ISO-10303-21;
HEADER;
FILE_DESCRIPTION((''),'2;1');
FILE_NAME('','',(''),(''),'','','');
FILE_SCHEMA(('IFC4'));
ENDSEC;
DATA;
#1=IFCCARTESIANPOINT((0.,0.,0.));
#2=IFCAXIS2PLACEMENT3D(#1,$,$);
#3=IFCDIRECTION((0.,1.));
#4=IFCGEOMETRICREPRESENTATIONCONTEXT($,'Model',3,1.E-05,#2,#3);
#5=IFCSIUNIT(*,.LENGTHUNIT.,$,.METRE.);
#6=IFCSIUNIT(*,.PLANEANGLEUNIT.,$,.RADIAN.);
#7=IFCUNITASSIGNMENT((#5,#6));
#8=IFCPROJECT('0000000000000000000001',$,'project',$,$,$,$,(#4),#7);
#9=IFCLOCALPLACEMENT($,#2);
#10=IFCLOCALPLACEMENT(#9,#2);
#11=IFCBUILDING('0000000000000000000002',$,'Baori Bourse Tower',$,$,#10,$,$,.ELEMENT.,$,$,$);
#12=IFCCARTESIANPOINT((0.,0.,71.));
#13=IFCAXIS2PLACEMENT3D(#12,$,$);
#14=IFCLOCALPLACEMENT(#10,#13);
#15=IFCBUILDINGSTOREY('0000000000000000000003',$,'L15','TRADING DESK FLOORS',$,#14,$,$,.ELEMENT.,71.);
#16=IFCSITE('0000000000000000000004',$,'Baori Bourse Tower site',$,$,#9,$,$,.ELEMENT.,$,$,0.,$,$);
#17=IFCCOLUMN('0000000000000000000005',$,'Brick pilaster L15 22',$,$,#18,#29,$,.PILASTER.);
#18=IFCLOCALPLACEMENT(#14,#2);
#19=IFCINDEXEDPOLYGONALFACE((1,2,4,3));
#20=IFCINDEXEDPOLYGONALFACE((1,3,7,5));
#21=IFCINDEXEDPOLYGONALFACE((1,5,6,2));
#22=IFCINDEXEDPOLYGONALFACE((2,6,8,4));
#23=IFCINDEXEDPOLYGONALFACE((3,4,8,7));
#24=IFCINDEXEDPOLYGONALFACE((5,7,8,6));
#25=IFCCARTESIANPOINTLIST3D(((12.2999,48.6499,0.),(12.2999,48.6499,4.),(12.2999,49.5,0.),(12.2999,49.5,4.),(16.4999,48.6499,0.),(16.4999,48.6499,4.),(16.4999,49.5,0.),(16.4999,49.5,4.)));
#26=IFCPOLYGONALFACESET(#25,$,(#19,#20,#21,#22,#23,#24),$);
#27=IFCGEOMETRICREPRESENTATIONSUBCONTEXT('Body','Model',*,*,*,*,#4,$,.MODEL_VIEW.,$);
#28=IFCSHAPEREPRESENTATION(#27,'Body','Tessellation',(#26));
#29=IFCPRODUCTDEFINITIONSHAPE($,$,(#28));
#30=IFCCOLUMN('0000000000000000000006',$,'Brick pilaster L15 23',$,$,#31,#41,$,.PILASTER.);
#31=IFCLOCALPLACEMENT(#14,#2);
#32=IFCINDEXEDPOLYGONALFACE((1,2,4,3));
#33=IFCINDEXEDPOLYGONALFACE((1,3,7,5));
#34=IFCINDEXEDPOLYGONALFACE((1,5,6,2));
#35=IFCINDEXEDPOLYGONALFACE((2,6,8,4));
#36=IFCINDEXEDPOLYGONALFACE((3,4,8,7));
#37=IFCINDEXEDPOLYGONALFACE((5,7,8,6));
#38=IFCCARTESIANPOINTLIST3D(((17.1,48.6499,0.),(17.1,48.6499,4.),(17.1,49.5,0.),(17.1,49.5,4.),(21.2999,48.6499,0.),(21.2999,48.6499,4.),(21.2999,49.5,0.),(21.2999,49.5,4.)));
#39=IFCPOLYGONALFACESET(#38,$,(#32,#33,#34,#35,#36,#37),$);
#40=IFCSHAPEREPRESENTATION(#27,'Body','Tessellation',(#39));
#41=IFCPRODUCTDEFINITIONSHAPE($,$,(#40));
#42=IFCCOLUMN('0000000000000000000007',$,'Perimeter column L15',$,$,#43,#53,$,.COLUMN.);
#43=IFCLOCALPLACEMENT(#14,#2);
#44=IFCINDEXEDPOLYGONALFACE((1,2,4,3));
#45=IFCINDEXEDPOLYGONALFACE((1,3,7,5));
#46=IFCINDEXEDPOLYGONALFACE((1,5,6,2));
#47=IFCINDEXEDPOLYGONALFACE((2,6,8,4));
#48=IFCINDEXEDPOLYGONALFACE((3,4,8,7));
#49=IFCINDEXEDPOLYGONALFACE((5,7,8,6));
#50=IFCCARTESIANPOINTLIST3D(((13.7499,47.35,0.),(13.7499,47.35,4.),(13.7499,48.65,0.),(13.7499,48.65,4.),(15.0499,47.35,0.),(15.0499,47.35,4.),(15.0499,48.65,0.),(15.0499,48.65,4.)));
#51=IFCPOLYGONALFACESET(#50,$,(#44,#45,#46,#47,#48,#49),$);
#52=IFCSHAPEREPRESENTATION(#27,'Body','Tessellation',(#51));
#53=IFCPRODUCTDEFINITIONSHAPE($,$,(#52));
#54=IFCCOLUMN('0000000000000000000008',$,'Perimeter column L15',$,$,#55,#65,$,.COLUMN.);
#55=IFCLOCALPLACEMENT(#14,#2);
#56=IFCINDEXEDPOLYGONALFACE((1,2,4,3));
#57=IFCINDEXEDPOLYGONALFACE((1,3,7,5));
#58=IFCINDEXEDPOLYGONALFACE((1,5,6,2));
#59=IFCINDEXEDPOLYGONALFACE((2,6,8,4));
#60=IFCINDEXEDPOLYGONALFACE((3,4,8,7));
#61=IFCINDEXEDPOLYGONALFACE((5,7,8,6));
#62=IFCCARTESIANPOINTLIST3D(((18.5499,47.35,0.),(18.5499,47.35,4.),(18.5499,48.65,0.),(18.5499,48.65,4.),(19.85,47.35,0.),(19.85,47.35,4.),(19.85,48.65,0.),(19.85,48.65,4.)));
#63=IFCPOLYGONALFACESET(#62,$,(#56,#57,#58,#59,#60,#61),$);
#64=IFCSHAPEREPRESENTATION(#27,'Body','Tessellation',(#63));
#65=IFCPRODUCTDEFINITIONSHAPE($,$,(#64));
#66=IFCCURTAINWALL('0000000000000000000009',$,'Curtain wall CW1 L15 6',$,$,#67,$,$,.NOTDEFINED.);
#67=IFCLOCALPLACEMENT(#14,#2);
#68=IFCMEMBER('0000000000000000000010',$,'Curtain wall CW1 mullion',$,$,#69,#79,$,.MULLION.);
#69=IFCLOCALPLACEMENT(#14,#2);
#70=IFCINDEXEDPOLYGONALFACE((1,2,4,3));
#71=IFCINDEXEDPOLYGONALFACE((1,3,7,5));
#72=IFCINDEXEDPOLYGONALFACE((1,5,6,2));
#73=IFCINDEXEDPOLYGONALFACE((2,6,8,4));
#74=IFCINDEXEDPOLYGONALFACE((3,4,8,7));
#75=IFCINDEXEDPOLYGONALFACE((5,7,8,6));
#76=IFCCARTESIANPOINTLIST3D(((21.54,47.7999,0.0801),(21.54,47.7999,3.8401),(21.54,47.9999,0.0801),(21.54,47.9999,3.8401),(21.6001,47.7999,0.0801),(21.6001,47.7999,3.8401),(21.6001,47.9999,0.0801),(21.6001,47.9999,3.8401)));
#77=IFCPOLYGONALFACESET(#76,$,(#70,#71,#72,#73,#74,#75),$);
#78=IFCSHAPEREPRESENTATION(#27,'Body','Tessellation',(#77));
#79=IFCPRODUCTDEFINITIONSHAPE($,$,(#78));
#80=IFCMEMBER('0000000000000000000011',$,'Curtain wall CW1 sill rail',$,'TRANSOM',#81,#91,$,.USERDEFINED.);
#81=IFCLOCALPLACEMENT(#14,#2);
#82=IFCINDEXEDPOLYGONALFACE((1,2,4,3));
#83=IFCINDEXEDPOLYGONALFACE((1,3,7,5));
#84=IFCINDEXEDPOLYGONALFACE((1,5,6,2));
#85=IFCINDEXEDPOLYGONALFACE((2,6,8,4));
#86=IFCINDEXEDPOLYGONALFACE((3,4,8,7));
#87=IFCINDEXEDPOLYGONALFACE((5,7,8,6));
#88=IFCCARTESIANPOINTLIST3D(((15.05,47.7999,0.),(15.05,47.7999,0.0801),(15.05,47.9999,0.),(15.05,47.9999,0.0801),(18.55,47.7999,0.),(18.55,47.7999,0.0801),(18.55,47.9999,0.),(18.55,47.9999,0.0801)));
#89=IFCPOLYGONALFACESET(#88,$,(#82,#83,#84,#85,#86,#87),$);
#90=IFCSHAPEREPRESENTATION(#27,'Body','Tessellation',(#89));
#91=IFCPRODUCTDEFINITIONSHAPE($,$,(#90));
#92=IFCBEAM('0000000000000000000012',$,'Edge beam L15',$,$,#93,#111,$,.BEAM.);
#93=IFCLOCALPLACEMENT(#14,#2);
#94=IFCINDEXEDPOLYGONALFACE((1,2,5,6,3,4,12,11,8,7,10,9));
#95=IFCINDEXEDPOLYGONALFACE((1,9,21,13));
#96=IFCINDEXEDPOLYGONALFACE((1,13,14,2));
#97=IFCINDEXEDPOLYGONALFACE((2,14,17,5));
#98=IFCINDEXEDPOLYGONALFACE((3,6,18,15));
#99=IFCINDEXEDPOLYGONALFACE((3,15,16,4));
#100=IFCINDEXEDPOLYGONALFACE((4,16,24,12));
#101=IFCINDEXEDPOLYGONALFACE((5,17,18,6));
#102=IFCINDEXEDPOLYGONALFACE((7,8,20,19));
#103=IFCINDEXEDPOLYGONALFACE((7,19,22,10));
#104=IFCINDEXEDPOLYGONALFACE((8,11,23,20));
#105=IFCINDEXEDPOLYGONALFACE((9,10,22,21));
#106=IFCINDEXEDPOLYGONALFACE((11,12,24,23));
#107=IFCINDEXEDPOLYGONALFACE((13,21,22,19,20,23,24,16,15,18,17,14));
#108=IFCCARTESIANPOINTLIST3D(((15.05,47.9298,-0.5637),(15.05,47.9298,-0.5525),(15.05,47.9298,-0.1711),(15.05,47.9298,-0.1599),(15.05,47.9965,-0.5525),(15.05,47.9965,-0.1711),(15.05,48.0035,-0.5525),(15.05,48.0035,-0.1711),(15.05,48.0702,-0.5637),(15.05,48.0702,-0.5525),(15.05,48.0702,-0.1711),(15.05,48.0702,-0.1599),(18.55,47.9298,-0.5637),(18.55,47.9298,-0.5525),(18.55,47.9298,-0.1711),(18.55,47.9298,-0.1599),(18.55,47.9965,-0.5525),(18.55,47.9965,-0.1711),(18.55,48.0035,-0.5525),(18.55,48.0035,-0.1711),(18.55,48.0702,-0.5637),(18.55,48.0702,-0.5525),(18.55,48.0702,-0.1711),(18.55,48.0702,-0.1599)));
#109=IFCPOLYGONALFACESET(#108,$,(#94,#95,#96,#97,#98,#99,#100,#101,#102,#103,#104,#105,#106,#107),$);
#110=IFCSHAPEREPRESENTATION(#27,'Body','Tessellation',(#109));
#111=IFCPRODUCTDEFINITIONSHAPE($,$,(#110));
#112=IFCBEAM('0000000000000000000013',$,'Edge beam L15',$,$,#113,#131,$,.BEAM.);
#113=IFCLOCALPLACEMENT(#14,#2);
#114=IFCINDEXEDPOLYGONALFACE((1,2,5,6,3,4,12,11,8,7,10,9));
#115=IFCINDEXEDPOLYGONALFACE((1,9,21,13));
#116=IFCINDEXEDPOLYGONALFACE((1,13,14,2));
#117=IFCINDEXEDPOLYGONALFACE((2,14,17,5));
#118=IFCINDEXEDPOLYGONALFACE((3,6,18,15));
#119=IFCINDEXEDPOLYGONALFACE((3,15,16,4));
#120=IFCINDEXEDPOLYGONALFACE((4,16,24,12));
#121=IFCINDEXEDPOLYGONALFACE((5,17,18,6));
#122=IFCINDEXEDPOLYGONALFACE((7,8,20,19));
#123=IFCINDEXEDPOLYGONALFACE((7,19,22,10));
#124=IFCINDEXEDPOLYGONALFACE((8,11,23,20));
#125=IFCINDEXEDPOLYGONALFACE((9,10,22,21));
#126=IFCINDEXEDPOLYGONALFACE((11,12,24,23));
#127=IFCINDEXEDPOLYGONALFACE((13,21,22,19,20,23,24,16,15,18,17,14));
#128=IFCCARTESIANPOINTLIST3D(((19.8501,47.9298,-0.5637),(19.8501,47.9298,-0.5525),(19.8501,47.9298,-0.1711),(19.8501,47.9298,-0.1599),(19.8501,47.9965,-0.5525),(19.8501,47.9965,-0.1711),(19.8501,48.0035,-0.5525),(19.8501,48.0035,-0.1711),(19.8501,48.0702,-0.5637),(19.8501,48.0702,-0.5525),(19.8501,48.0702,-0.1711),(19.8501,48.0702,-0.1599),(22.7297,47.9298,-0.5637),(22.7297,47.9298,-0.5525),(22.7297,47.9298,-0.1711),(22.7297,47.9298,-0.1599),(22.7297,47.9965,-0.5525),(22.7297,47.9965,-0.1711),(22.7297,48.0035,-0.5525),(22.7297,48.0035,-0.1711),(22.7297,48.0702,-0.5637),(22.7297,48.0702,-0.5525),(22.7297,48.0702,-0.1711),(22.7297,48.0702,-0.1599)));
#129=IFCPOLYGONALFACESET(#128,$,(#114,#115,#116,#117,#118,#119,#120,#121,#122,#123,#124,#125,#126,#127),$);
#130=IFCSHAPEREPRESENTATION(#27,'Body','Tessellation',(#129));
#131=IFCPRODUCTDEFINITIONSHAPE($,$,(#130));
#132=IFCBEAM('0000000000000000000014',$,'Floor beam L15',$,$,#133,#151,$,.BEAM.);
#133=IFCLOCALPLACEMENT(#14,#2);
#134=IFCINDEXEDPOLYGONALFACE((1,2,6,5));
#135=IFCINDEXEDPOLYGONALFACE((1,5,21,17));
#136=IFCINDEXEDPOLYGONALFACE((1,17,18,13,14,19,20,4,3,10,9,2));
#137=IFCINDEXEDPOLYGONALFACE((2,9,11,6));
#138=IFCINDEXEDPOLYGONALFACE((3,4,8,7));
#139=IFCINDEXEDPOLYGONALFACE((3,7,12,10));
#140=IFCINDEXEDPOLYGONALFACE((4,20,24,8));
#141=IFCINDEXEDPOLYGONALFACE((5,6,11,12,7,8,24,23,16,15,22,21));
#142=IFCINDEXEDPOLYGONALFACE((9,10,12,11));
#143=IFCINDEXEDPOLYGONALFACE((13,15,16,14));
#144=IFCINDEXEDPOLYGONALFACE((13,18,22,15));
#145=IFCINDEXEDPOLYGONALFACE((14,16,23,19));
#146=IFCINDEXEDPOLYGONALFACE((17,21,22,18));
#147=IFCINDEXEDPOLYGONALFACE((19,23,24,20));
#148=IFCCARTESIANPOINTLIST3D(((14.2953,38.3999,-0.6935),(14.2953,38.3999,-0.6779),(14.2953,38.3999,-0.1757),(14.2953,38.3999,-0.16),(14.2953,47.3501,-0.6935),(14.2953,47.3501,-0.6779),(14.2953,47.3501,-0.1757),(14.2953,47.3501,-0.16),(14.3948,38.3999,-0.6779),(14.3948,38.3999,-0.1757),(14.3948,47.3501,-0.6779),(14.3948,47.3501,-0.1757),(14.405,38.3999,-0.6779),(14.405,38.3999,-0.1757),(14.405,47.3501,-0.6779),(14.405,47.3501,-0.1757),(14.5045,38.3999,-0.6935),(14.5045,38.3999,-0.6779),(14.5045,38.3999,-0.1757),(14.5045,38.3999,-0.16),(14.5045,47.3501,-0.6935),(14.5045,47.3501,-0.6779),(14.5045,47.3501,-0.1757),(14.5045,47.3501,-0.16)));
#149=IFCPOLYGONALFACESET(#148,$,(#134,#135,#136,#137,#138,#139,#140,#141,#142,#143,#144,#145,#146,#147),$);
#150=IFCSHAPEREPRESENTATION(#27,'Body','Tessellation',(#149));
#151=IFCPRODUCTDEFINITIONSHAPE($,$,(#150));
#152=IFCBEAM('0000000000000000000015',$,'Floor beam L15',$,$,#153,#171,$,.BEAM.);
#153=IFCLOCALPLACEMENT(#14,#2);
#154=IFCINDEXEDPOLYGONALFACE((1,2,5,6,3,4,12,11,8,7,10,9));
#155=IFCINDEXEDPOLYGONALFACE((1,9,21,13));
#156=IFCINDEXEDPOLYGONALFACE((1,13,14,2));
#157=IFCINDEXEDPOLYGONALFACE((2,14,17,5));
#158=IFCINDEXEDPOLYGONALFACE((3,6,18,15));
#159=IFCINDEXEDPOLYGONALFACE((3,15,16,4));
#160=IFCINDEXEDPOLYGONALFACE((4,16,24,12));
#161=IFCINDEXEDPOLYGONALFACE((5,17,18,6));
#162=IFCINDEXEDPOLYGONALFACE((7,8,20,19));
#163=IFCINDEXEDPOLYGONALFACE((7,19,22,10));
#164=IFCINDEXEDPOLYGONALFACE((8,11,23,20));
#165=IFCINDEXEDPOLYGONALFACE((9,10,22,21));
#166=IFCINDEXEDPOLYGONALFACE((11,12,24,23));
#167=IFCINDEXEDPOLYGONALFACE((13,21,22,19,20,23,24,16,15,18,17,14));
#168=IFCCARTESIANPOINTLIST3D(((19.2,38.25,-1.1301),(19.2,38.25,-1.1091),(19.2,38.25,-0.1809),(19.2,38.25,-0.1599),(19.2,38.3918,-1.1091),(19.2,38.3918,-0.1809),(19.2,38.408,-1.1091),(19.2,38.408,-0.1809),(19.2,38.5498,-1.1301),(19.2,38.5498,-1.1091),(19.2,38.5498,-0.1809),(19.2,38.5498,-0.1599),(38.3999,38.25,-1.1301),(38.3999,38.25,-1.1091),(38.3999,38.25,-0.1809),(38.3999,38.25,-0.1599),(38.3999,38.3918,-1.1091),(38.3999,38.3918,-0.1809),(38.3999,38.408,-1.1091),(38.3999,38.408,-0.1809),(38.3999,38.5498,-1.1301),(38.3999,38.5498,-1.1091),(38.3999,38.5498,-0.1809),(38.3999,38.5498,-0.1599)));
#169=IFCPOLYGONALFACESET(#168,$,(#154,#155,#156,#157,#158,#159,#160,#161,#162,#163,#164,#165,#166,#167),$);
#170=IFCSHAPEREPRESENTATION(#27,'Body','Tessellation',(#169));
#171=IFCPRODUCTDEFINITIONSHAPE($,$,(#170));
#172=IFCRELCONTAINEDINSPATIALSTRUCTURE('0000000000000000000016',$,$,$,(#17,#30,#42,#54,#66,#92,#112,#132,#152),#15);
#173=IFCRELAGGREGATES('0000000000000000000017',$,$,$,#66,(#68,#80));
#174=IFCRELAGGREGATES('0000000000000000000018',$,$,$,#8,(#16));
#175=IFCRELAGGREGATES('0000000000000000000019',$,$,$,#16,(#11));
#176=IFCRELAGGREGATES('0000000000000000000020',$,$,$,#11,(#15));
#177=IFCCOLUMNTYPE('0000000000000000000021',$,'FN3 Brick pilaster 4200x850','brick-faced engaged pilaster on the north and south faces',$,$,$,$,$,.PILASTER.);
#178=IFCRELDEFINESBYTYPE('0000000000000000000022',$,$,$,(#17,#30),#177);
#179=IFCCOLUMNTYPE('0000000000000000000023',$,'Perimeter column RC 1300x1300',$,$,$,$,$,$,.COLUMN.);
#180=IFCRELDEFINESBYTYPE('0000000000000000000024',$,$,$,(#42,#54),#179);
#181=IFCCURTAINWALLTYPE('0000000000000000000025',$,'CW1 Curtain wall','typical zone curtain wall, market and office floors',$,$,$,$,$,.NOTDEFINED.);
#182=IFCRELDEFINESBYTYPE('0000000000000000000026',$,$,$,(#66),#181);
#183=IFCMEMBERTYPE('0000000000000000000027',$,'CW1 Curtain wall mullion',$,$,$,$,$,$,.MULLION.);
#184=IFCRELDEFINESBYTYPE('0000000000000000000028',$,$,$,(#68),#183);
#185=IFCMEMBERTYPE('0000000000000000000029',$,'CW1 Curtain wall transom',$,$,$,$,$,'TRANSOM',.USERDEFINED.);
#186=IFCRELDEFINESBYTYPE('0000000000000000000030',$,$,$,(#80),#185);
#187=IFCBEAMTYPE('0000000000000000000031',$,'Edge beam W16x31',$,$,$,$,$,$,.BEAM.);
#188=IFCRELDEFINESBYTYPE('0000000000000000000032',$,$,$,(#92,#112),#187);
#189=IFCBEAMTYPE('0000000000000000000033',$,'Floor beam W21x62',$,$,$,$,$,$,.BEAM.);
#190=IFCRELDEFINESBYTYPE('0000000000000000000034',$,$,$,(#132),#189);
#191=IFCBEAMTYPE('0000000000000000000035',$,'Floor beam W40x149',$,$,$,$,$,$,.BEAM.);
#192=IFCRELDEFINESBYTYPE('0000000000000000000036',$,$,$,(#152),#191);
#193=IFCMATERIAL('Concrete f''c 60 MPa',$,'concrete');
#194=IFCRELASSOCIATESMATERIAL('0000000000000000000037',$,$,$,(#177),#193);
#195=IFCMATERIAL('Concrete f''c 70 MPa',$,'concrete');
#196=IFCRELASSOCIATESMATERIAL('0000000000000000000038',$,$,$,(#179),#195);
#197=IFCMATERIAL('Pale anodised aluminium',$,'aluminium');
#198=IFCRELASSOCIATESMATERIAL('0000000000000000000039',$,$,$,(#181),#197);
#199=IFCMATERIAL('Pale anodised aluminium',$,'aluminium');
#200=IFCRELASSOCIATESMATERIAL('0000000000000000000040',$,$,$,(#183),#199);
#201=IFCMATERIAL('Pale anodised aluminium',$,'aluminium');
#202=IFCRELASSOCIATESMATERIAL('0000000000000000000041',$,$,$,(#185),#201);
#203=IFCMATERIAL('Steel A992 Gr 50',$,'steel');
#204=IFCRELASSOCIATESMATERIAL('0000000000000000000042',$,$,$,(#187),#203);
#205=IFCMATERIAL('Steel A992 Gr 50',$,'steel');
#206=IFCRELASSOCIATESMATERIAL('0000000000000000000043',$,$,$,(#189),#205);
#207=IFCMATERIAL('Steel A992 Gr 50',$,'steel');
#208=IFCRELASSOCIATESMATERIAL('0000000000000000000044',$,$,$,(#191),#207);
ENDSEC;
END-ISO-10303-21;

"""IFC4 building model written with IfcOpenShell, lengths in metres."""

from ifc_helpers import new_model, si_unit, direction, frame, origin, origin_2d, place, context, subcontext, project, spatial, rectangle, i_section, extrude, material, material_profile, profile_set, type_object, element, aggregate, save


model = new_model("IFC4")

# Units and contexts
model_context = context("Model", 3, precision=1e-05, world=origin(), true_north=direction((0.0, 1.0)))
body_context = subcontext(model_context, "Body", "Model", "MODEL_VIEW")
ifc_project = project(units=[si_unit("LENGTHUNIT", "METRE"), si_unit("PLANEANGLEUNIT", "RADIAN")], contexts=[model_context])

# Site, building, storey
site_placement = place(None, origin())
site = spatial("IfcSite", under=ifc_project, at=site_placement, Name="Baori Bourse Tower site", CompositionType="ELEMENT", RefElevation=0.0)
building_placement = place(site_placement, origin())
building = spatial("IfcBuilding", under=site, at=building_placement, Name="Baori Bourse Tower", CompositionType="ELEMENT")
storey_placement = place(building_placement, frame((0.0, 0.0, 71.0)))
storey = spatial("IfcBuildingStorey", under=building, at=storey_placement, Name="L15", Description="TRADING DESK FLOORS", CompositionType="ELEMENT", Elevation=71.0)

# Columns
ifc_material_1 = material(Name="Concrete f'c 60 MPa", Category="concrete")
ifc_material_profile_1 = material_profile(ifc_material_1, rectangle(XDim=4.2, YDim=0.8501, at=origin_2d()), Name="RC 4200x850")
ifc_profile_set_1 = profile_set([ifc_material_profile_1], Name="Concrete f'c 60 MPa")
column_type_1 = type_object("IfcColumnType", Name="FN3 Brick pilaster 4200x850", Description="brick-faced engaged pilaster on the north and south faces", PredefinedType="PILASTER", material=ifc_profile_set_1)
for number, where, z_axis, x_axis, name in (
    (1, (14.3999, 49.075, 0.0), (0.0, 0.0, 1.0), (1.0, 0.0, 0.0), "Brick pilaster L15 22"),
    (2, (19.2, 49.075, 0.0), (0.0, 0.0, 1.0), (1.0, 0.0, 0.0), "Brick pilaster L15 23"),
):
    element("IfcColumn", number, at=place(storey_placement, frame(where, z_axis=z_axis, x_axis=x_axis)), inside=storey, type_object=column_type_1, Name=name, PredefinedType="PILASTER", context=body_context, shape_type="SweptSolid", body=[
        extrude(rectangle(XDim=4.2, YDim=0.8501, at=origin_2d()), origin(), (0.0, 0.0, 1.0), 4.0),
    ])
ifc_material_2 = material(Name="Concrete f'c 70 MPa", Category="concrete")
ifc_material_profile_2 = material_profile(ifc_material_2, rectangle(XDim=1.3, YDim=1.3, at=origin_2d()), Name="RC 1300x1300")
ifc_profile_set_2 = profile_set([ifc_material_profile_2], Name="Concrete f'c 70 MPa")
column_type_2 = type_object("IfcColumnType", Name="Perimeter column RC 1300x1300", PredefinedType="COLUMN", material=ifc_profile_set_2)
for number, where, z_axis, x_axis, name in (
    (3, (14.3999, 48.0, 0.0), (0.0, 0.0, 1.0), (1.0, 0.0, 0.0), "Perimeter column L15"),
    (4, (19.2, 48.0, 0.0), (0.0, 0.0, 1.0), (1.0, 0.0, 0.0), "Perimeter column L15"),
):
    element("IfcColumn", number, at=place(storey_placement, frame(where, z_axis=z_axis, x_axis=x_axis)), inside=storey, type_object=column_type_2, Name=name, PredefinedType="COLUMN", context=body_context, shape_type="SweptSolid", body=[
        extrude(rectangle(XDim=1.3, YDim=1.3, at=origin_2d()), origin(), (0.0, 0.0, 1.0), 4.0),
    ])

# Curtain wall, members
ifc_material_3 = material(Name="Pale anodised aluminium", Category="aluminium")
curtain_wall_type = type_object("IfcCurtainWallType", Name="CW1 Curtain wall", Description="typical zone curtain wall, market and office floors", PredefinedType="NOTDEFINED", material=ifc_material_3)
curtain_wall_placement = place(storey_placement, origin())
curtain_wall = element("IfcCurtainWall", 5, at=curtain_wall_placement, inside=storey, type_object=curtain_wall_type, Name="Curtain wall CW1 L15 6", PredefinedType="NOTDEFINED")
ifc_material_4 = material(Name="Pale anodised aluminium", Category="aluminium")
ifc_material_profile_3 = material_profile(ifc_material_4, rectangle(XDim=0.2, YDim=0.0601, at=origin_2d()), Name="Mullion 60x200")
ifc_profile_set_3 = profile_set([ifc_material_profile_3], Name="Pale anodised aluminium")
member_type_1 = type_object("IfcMemberType", Name="CW1 Curtain wall mullion", PredefinedType="MULLION", material=ifc_profile_set_3)
member_1_placement = place(storey_placement, frame((21.5701, 47.8999, 0.0801), z_axis=(0.0, 0.0, 1.0), x_axis=(0.0, -1.0, 0.0)))
member_1 = element("IfcMember", 6, at=member_1_placement, type_object=member_type_1, Name="Curtain wall CW1 mullion", PredefinedType="MULLION", context=body_context, shape_type="SweptSolid", body=[
    extrude(rectangle(XDim=0.2, YDim=0.0601, at=origin_2d()), origin(), (0.0, 0.0, 1.0), 3.76),
])
ifc_material_5 = material(Name="Pale anodised aluminium", Category="aluminium")
ifc_material_profile_4 = material_profile(ifc_material_5, rectangle(XDim=0.2, YDim=0.0801, at=origin_2d()), Name="Transom 80x200")
ifc_profile_set_4 = profile_set([ifc_material_profile_4], Name="Pale anodised aluminium")
member_type_2 = type_object("IfcMemberType", Name="CW1 Curtain wall transom", ElementType="TRANSOM", PredefinedType="USERDEFINED", material=ifc_profile_set_4)
member_2_placement = place(storey_placement, frame((18.55, 47.8999, 0.04), z_axis=(-1.0, 0.0, 0.0), x_axis=(0.0, -1.0, 0.0)))
member_2 = element("IfcMember", 7, at=member_2_placement, type_object=member_type_2, Name="Curtain wall CW1 sill rail", ObjectType="TRANSOM", PredefinedType="USERDEFINED", context=body_context, shape_type="SweptSolid", body=[
    extrude(rectangle(XDim=0.2, YDim=0.0801, at=origin_2d()), origin(), (0.0, 0.0, 1.0), 3.5),
])

# Beams
ifc_material_6 = material(Name="Steel A992 Gr 50", Category="steel")
ifc_material_profile_5 = material_profile(ifc_material_6, i_section(OverallWidth=0.1404, OverallDepth=0.4038, WebThickness=0.0071, FlangeThickness=0.0112, at=origin_2d()), Name="W16x31")
ifc_profile_set_5 = profile_set([ifc_material_profile_5], Name="Steel A992 Gr 50")
beam_type_1 = type_object("IfcBeamType", Name="Edge beam W16x31", PredefinedType="BEAM", material=ifc_profile_set_5)
beam_1_placement = place(storey_placement, frame((15.05, 48.0, -0.3618), z_axis=(1.0, 0.0, 0.0), x_axis=(0.0, 1.0, 0.0)))
element("IfcBeam", 8, at=beam_1_placement, inside=storey, type_object=beam_type_1, Name="Edge beam L15", PredefinedType="BEAM", context=body_context, shape_type="SweptSolid", body=[
    extrude(i_section(OverallWidth=0.1404, OverallDepth=0.4038, WebThickness=0.0071, FlangeThickness=0.0112, at=origin_2d()), origin(), (0.0, 0.0, 1.0), 3.5),
])
beam_2_placement = place(storey_placement, frame((19.8501, 48.0, -0.3618), z_axis=(1.0, 0.0, 0.0), x_axis=(0.0, 1.0, 0.0)))
element("IfcBeam", 9, at=beam_2_placement, inside=storey, type_object=beam_type_1, Name="Edge beam L15", PredefinedType="BEAM", context=body_context, shape_type="SweptSolid", body=[
    extrude(i_section(OverallWidth=0.1404, OverallDepth=0.4038, WebThickness=0.0071, FlangeThickness=0.0112, at=origin_2d()), origin(), (0.0, 0.0, 1.0), 2.8796),
])
ifc_material_7 = material(Name="Steel A992 Gr 50", Category="steel")
ifc_material_profile_6 = material_profile(ifc_material_7, i_section(OverallWidth=0.2092, OverallDepth=0.5334, WebThickness=0.0103, FlangeThickness=0.0156, at=origin_2d()), Name="W21x62")
ifc_profile_set_6 = profile_set([ifc_material_profile_6], Name="Steel A992 Gr 50")
beam_type_2 = type_object("IfcBeamType", Name="Floor beam W21x62", PredefinedType="BEAM", material=ifc_profile_set_6)
beam_3_placement = place(storey_placement, frame((14.3999, 38.3999, -0.4268), z_axis=(0.0, 1.0, 0.0), x_axis=(-1.0, 0.0, 0.0)))
element("IfcBeam", 10, at=beam_3_placement, inside=storey, type_object=beam_type_2, Name="Floor beam L15", PredefinedType="BEAM", context=body_context, shape_type="SweptSolid", body=[
    extrude(i_section(OverallWidth=0.2092, OverallDepth=0.5334, WebThickness=0.0103, FlangeThickness=0.0156, at=origin_2d()), origin(), (0.0, 0.0, 1.0), 8.9502),
])
ifc_material_8 = material(Name="Steel A992 Gr 50", Category="steel")
ifc_material_profile_7 = material_profile(ifc_material_8, i_section(OverallWidth=0.2998, OverallDepth=0.9702, WebThickness=0.0161, FlangeThickness=0.021, at=origin_2d()), Name="W40x149")
ifc_profile_set_7 = profile_set([ifc_material_profile_7], Name="Steel A992 Gr 50")
beam_type_3 = type_object("IfcBeamType", Name="Floor beam W40x149", PredefinedType="BEAM", material=ifc_profile_set_7)
beam_4_placement = place(storey_placement, frame((19.2, 38.3999, -0.645), z_axis=(1.0, 0.0, 0.0), x_axis=(0.0, 1.0, 0.0)))
element("IfcBeam", 11, at=beam_4_placement, inside=storey, type_object=beam_type_3, Name="Floor beam L15", PredefinedType="BEAM", context=body_context, shape_type="SweptSolid", body=[
    extrude(i_section(OverallWidth=0.2998, OverallDepth=0.9702, WebThickness=0.0161, FlangeThickness=0.021, at=origin_2d()), origin(), (0.0, 0.0, 1.0), 19.2),
])

aggregate(curtain_wall, [member_1, member_2])

save(model, "model.ifc")
